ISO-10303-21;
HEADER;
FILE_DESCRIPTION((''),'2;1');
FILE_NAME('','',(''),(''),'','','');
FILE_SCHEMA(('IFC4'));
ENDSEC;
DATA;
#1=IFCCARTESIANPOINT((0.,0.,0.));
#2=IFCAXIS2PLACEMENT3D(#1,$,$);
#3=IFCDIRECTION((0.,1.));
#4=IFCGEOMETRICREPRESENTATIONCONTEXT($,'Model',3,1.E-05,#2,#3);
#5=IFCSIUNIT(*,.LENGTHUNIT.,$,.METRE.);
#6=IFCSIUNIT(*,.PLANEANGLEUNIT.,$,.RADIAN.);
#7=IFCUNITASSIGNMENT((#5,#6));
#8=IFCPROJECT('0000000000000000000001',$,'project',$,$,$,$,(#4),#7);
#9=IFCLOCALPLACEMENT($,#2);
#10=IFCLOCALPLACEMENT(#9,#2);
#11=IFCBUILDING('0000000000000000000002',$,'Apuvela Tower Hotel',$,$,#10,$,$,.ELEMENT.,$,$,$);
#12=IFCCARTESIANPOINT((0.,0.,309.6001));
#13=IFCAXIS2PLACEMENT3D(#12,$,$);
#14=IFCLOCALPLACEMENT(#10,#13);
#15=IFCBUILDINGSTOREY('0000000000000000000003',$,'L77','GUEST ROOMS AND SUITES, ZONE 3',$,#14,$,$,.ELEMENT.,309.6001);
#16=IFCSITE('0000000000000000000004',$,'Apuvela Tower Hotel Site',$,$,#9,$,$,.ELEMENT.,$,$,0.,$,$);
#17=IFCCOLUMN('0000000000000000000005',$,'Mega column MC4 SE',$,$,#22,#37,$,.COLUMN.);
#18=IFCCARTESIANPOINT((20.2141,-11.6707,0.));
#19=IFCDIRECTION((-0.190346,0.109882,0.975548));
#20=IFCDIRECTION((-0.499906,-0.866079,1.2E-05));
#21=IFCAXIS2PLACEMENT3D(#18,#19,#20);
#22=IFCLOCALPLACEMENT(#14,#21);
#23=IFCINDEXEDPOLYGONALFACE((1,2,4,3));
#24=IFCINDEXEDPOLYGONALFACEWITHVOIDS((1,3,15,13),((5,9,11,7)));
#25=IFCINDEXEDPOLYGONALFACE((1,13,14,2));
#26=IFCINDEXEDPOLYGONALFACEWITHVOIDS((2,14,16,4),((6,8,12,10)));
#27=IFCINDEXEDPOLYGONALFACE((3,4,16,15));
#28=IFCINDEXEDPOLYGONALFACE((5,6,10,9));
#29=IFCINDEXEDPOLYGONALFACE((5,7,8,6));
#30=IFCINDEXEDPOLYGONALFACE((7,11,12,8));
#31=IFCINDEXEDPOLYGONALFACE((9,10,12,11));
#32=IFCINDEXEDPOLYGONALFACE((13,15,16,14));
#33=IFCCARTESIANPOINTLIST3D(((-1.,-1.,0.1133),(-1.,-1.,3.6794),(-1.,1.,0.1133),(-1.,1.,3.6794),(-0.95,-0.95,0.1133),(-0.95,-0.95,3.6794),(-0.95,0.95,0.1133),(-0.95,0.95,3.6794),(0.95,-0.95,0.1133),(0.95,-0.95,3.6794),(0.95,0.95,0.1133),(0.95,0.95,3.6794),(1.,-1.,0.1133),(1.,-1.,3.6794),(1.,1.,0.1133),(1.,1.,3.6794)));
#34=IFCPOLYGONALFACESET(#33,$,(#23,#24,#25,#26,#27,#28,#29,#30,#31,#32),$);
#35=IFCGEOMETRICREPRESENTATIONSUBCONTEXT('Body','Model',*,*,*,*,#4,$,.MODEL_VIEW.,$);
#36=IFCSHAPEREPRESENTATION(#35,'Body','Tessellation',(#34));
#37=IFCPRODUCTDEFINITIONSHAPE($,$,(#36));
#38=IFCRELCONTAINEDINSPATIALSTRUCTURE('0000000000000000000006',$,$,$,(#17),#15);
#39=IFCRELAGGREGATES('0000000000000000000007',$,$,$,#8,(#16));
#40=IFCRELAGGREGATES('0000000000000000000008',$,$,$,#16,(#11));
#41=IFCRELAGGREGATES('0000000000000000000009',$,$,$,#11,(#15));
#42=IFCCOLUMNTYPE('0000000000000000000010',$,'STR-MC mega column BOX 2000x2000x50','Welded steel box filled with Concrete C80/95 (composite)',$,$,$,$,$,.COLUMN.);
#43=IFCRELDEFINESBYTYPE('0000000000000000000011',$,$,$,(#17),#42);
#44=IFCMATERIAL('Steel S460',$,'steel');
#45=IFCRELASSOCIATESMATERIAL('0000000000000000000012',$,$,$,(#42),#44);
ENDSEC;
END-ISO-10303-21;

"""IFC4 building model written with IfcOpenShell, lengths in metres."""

from ifc_helpers import new_model, si_unit, direction, frame, origin, origin_2d, place, context, subcontext, project, spatial, rectangle, hollow_rectangle, extrude, boolean, halfspace, material, material_profile, profile_set, type_object, element, save


model = new_model("IFC4")

# Units and contexts
model_context = context("Model", 3, precision=1e-05, world=origin(), true_north=direction((0.0, 1.0)))
body_context = subcontext(model_context, "Body", "Model", "MODEL_VIEW")
ifc_project = project(units=[si_unit("LENGTHUNIT", "METRE"), si_unit("PLANEANGLEUNIT", "RADIAN")], contexts=[model_context])

# Site, building, storey
site_placement = place(None, origin())
site = spatial("IfcSite", under=ifc_project, at=site_placement, Name="Apuvela Tower Hotel Site", CompositionType="ELEMENT", RefElevation=0.0)
building_placement = place(site_placement, origin())
building = spatial("IfcBuilding", under=site, at=building_placement, Name="Apuvela Tower Hotel", CompositionType="ELEMENT")
storey_placement = place(building_placement, frame((0.0, 0.0, 309.6001)))
storey = spatial("IfcBuildingStorey", under=building, at=storey_placement, Name="L77", Description="GUEST ROOMS AND SUITES, ZONE 3", CompositionType="ELEMENT", Elevation=309.6001)

# Column
ifc_material_1 = material(Name="Steel S460", Category="steel")
ifc_material_profile_1 = material_profile(ifc_material_1, hollow_rectangle(XDim=2.0, YDim=2.0, WallThickness=0.05, at=origin_2d()), Name="BOX 2000x2000x50")
ifc_material_2 = material(Name="Concrete C80/95", Category="concrete")
ifc_material_profile_2 = material_profile(ifc_material_2, rectangle(XDim=1.8999, YDim=1.8999, at=origin_2d()), Name="Concrete C80/95 infill")
ifc_profile_set_1 = profile_set([ifc_material_profile_1, ifc_material_profile_2], Name="Steel S460")
column_type_1 = type_object("IfcColumnType", Name="STR-MC mega column BOX 2000x2000x50", Description="Welded steel box filled with Concrete C80/95 (composite)", PredefinedType="COLUMN", material=ifc_profile_set_1)
column_placement = place(storey_placement, frame((20.2141, -11.6707, 0.0), z_axis=(-0.190346, 0.109882, 0.975548), x_axis=(-0.499906, -0.866079, 0.000012)))
element("IfcColumn", 1, at=column_placement, inside=storey, type_object=column_type_1, Name="Mega column MC4 SE", PredefinedType="COLUMN", context=body_context, shape_type="SweptSolid", body=[
    boolean("DIFFERENCE", boolean("DIFFERENCE", extrude(hollow_rectangle(XDim=2.0, YDim=2.0, WallThickness=0.05, at=origin_2d()), origin(), (0.0, 0.0, 1.0), 3.7927), halfspace(frame((0.0, 0.0, 0.1133), z_axis=(0.0, 0.0, 1.0), x_axis=(1.0, 0.0, 0.0)), True)), halfspace(frame((0.0, 0.0, 3.6794), z_axis=(0.0, 0.0, 1.0), x_axis=(1.0, 0.0, 0.0)), False)),
])

save(model, "model.ifc")
